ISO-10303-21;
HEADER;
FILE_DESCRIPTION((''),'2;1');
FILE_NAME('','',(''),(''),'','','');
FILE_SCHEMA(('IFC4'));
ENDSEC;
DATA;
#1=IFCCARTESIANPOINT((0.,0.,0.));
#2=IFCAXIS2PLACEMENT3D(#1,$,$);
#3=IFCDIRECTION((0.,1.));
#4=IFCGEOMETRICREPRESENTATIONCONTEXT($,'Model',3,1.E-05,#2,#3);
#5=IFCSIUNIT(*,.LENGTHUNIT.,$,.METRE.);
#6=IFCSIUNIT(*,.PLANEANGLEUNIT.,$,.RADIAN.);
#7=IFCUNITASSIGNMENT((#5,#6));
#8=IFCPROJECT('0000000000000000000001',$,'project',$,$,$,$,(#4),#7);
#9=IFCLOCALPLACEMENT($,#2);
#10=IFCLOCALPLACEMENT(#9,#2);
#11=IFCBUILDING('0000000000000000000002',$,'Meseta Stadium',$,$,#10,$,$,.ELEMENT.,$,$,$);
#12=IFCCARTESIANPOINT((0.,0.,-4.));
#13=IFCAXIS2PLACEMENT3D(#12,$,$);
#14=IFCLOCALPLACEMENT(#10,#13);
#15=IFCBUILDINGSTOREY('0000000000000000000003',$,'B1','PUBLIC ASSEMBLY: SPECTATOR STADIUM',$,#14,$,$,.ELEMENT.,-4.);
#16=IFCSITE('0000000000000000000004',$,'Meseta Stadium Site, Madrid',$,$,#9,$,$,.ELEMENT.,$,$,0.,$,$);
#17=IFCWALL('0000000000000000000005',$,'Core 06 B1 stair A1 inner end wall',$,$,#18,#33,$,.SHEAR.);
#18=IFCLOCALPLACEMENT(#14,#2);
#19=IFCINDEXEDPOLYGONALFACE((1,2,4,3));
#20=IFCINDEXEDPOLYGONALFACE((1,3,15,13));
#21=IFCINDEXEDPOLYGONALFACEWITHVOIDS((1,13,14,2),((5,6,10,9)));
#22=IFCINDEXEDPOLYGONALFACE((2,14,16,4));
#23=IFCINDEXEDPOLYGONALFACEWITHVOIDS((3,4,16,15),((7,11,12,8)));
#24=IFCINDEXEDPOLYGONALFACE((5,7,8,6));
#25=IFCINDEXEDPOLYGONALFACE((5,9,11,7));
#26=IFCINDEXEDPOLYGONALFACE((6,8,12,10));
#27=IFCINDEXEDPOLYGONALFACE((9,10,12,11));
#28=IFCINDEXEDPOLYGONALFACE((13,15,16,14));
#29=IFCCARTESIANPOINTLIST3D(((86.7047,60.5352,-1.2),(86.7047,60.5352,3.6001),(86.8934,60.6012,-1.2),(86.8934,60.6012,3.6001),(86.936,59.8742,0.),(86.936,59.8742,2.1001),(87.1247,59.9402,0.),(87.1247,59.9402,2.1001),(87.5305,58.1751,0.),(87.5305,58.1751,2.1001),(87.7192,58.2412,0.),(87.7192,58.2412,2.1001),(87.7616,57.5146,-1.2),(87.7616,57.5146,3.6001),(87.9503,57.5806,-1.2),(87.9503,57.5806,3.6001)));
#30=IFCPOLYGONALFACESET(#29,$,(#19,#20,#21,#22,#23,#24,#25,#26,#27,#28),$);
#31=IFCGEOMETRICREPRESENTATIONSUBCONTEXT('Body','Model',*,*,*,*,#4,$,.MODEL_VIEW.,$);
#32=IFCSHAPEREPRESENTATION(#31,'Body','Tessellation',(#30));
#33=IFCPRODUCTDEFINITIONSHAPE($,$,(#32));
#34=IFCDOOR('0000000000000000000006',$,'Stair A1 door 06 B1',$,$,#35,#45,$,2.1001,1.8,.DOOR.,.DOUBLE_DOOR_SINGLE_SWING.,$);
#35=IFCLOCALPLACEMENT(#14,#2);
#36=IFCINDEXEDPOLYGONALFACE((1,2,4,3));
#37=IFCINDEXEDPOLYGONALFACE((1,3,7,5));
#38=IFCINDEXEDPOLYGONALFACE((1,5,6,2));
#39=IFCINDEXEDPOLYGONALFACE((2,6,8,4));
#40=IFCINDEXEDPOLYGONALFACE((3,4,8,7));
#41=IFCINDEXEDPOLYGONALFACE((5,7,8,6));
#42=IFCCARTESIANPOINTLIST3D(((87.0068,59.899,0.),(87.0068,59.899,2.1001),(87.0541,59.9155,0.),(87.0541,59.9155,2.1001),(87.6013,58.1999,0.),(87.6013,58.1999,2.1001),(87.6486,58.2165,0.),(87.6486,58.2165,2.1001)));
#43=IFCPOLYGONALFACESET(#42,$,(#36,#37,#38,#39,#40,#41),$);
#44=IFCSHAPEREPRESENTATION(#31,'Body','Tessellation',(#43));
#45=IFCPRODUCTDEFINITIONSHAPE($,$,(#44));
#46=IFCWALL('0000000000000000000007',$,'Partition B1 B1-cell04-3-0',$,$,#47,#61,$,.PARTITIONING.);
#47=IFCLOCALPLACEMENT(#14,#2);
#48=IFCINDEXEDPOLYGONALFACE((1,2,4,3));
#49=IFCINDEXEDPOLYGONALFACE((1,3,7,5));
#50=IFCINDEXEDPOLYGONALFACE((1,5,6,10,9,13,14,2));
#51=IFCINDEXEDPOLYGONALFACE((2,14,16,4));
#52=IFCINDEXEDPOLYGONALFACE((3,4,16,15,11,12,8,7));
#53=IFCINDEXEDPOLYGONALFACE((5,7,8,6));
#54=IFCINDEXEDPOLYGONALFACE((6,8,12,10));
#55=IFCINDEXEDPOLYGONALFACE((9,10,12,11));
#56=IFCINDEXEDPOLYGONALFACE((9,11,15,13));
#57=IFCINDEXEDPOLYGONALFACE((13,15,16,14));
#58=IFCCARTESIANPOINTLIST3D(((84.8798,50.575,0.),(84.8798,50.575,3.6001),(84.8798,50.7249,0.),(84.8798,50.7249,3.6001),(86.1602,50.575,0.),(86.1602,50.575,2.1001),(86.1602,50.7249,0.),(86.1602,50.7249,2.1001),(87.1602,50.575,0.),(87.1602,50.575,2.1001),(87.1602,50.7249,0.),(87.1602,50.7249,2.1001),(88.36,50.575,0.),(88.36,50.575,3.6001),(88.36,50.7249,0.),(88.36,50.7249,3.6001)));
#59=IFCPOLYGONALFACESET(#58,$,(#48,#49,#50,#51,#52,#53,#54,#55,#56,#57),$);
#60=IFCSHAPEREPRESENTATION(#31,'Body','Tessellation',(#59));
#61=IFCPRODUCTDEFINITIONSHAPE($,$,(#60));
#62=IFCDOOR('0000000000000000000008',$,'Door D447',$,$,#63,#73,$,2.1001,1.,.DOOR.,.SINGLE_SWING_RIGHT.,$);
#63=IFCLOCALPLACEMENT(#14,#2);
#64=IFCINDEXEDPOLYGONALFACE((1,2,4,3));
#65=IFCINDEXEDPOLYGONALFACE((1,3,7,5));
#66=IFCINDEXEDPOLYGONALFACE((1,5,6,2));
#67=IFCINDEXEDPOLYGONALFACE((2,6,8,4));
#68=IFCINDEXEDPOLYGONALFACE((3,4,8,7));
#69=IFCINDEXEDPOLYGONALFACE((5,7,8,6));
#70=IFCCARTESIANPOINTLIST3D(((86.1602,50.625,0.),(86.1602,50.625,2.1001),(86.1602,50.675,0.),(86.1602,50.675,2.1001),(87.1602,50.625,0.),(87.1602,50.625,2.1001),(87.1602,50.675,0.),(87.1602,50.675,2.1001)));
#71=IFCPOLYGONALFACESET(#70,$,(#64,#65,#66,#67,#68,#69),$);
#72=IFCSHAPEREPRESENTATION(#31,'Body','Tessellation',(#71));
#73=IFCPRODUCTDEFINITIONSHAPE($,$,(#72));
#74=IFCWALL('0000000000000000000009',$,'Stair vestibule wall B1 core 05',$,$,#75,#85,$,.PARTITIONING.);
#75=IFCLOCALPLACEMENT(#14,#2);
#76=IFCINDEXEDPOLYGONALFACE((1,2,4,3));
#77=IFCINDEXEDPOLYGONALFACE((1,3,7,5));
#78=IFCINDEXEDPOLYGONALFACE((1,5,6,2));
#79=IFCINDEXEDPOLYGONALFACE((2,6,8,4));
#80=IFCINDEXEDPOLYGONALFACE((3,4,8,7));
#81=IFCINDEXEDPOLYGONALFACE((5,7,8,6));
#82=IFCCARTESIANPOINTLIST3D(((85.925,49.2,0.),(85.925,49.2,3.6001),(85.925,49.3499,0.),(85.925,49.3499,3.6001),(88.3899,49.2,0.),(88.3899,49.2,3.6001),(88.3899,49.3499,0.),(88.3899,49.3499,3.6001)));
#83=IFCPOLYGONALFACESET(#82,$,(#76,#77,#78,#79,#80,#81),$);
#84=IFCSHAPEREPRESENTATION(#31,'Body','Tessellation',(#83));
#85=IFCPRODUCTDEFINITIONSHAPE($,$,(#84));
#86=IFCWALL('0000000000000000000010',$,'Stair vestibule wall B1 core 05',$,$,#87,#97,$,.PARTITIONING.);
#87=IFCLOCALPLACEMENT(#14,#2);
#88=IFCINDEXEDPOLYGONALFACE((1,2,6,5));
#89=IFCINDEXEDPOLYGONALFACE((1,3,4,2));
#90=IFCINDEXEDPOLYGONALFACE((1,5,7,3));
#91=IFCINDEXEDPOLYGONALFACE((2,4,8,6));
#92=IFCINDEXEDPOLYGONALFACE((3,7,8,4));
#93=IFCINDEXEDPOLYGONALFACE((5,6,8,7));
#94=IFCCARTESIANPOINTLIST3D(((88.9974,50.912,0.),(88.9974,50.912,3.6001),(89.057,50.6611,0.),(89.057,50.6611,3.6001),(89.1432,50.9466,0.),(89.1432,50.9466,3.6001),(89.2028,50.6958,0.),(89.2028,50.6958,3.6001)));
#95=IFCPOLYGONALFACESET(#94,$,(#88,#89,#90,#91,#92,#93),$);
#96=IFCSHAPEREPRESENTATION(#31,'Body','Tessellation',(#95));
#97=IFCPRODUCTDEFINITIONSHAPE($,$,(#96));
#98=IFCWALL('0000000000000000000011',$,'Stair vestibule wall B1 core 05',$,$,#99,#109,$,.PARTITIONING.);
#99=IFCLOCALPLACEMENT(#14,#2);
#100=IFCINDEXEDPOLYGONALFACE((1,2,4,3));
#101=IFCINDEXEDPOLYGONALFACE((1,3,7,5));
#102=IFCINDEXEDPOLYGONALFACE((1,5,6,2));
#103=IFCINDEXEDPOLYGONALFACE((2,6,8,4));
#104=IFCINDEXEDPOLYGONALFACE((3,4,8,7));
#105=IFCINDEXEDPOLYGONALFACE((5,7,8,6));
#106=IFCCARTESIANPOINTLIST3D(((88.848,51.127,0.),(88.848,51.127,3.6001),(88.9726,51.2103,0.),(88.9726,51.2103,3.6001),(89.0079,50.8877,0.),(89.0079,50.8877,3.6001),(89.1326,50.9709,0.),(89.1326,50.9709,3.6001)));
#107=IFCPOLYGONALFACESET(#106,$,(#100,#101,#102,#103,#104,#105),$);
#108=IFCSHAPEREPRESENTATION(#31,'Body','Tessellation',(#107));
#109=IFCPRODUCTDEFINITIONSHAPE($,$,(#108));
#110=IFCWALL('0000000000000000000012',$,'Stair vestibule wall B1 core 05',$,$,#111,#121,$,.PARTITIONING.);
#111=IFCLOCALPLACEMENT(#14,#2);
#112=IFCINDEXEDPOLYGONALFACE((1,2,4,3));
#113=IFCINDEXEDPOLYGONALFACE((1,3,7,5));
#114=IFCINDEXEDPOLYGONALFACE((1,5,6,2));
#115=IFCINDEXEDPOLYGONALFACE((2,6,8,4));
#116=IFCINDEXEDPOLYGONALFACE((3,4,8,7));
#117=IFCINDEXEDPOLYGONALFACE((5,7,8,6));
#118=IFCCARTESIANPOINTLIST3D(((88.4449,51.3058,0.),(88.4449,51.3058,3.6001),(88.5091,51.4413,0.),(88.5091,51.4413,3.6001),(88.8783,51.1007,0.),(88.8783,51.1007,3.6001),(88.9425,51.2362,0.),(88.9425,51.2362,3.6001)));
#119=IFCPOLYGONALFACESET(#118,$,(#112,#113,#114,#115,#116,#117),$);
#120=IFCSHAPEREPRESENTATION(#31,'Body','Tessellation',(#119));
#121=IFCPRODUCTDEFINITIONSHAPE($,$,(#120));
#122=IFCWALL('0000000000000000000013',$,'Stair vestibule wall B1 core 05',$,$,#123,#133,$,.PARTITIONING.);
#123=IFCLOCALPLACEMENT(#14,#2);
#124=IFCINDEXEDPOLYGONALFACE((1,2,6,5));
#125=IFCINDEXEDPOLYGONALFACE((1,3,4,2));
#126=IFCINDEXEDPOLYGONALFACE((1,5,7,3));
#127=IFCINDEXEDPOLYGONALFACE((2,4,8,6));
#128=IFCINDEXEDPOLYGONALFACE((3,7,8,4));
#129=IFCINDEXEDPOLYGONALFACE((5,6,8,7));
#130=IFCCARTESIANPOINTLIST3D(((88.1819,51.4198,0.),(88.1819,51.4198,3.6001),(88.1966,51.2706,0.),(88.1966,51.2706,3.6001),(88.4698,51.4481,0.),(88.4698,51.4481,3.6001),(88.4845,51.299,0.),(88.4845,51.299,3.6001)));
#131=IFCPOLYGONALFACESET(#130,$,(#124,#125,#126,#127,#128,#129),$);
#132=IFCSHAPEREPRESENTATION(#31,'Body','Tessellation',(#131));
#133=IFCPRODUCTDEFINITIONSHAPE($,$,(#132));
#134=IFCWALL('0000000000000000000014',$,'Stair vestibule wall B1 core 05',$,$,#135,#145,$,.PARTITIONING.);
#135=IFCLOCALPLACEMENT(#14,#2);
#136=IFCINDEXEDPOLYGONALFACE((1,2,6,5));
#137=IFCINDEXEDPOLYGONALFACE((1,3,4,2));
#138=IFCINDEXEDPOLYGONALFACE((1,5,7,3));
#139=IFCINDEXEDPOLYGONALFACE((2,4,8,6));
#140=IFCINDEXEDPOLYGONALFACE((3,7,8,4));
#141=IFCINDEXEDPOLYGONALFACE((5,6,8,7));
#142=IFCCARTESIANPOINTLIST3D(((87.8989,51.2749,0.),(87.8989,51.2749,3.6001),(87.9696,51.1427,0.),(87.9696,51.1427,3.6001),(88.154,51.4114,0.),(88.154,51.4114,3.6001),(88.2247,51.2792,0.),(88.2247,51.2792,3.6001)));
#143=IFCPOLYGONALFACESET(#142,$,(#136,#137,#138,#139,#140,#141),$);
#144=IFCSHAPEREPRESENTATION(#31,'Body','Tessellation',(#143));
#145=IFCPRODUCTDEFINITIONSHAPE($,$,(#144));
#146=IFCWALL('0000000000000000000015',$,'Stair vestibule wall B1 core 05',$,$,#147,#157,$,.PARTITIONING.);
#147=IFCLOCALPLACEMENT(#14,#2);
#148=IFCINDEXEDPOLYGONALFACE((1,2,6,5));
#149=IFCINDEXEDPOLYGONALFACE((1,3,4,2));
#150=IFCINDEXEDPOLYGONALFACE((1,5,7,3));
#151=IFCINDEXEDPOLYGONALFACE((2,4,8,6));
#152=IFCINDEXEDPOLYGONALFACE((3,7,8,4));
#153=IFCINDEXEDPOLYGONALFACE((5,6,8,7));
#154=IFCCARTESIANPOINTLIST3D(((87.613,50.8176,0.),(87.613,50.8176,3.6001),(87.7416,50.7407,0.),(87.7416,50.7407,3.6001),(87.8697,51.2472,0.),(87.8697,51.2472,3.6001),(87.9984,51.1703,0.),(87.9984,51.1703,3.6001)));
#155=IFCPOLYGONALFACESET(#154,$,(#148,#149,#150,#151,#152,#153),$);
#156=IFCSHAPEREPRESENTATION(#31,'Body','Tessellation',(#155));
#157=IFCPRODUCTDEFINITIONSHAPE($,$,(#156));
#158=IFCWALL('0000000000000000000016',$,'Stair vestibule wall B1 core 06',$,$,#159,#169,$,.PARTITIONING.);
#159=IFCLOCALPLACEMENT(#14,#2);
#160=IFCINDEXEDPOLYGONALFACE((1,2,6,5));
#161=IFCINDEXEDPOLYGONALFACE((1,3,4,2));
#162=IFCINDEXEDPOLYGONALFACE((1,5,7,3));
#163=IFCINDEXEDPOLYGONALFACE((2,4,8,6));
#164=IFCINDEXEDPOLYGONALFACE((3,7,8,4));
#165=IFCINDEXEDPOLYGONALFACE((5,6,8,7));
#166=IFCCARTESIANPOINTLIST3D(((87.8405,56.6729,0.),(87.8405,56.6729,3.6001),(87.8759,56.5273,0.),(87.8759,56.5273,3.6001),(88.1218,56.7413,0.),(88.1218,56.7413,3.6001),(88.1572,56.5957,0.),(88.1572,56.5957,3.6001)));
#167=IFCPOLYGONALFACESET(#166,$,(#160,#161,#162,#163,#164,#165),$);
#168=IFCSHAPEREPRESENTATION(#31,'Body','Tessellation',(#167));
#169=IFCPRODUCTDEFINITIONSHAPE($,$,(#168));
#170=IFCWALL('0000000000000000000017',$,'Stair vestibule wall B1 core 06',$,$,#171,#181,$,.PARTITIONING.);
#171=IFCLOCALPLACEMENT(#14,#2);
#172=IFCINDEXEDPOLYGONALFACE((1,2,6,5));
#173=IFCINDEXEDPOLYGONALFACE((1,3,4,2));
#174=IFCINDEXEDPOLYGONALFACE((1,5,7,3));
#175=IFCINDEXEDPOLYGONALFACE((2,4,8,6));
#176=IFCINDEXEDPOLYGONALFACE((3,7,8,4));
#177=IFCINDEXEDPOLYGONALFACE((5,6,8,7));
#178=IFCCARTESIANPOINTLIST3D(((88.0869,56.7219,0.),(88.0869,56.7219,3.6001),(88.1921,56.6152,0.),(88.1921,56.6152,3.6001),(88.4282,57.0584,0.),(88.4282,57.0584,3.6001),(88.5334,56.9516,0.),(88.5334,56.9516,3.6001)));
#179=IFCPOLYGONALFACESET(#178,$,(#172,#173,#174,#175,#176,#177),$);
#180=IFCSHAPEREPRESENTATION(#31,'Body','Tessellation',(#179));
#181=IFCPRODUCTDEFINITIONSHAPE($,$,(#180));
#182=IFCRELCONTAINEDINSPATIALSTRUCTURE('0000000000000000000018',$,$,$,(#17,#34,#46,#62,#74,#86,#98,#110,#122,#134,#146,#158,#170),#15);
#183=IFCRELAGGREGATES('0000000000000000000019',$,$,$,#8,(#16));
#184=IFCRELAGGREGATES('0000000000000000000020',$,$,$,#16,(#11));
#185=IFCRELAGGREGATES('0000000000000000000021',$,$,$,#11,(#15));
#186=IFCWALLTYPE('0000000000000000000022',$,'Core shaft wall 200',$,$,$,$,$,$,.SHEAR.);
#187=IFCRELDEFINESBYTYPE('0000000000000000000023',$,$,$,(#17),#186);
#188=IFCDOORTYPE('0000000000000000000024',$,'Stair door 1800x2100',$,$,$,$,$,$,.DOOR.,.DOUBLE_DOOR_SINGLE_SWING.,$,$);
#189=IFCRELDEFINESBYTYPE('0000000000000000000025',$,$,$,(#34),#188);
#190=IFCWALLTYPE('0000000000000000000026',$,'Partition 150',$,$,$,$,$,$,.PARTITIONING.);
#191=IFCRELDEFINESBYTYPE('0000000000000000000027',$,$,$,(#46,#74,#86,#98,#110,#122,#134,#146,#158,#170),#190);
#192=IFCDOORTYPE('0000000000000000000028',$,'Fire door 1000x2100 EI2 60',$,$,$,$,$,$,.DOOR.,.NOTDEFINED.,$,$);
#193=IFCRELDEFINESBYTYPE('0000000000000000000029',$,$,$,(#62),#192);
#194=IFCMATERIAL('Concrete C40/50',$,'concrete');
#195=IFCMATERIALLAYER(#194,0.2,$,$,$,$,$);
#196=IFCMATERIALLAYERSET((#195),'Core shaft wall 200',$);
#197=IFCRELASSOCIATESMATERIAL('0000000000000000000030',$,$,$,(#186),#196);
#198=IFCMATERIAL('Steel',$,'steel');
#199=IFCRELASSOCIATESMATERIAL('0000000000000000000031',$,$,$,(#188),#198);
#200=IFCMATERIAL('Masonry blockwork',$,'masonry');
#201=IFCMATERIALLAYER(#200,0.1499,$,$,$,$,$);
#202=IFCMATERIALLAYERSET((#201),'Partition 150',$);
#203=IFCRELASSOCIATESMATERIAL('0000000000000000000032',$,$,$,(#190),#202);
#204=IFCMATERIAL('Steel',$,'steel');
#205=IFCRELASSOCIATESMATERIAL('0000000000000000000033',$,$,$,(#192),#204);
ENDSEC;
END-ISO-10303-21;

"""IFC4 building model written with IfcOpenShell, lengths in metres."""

from ifc_helpers import new_model, si_unit, direction, frame, frame_2d, origin, place, context, subcontext, project, spatial, rectangle, extrude, material, layer, layer_set, type_object, element, fill, save


model = new_model("IFC4")

# Units and contexts
model_context = context("Model", 3, precision=1e-05, world=origin(), true_north=direction((0.0, 1.0)))
body_context = subcontext(model_context, "Body", "Model", "MODEL_VIEW")
ifc_project = project(units=[si_unit("LENGTHUNIT", "METRE"), si_unit("PLANEANGLEUNIT", "RADIAN")], contexts=[model_context])

# Site, building, storey
site_placement = place(None, origin())
site = spatial("IfcSite", under=ifc_project, at=site_placement, Name="Meseta Stadium Site, Madrid", CompositionType="ELEMENT", RefElevation=0.0)
building_placement = place(site_placement, origin())
building = spatial("IfcBuilding", under=site, at=building_placement, Name="Meseta Stadium", CompositionType="ELEMENT")
storey_placement = place(building_placement, frame((0.0, 0.0, -4.0)))
storey = spatial("IfcBuildingStorey", under=building, at=storey_placement, Name="B1", Description="PUBLIC ASSEMBLY: SPECTATOR STADIUM", CompositionType="ELEMENT", Elevation=-4.0)

# Walls, openings, doors
ifc_material_1 = material(Name="Concrete C40/50", Category="concrete")
ifc_layer_1 = layer(ifc_material_1, 0.2)
ifc_layer_set_1 = layer_set([ifc_layer_1], Name="Core shaft wall 200")
wall_type_1 = type_object("IfcWallType", Name="Core shaft wall 200", PredefinedType="SHEAR", material=ifc_layer_set_1)
wall_1_placement = place(storey_placement, frame((87.856, 57.5476, -1.2), z_axis=(0.0, 0.0, 1.0), x_axis=(-0.330269, 0.943887, 0.0)))
wall_1 = element("IfcWall", 1, at=wall_1_placement, inside=storey, type_object=wall_type_1, Name="Core 06 B1 stair A1 inner end wall", PredefinedType="SHEAR", context=body_context, shape_type="SweptSolid", body=[
    extrude(rectangle(XDim=3.2002, YDim=0.2, at=frame_2d((1.6001, 0.0))), origin(), (0.0, 0.0, 1.0), 4.8),
])
opening_1_placement = place(wall_1_placement, frame((0.7, 0.0, 1.2)))
opening_1 = element("IfcOpeningElement", 2, at=opening_1_placement, cuts=wall_1, PredefinedType="OPENING", context=body_context, shape_type="SweptSolid", body=[
    extrude(rectangle(XDim=1.8, YDim=2.1001, at=frame_2d((0.8999, 1.05))), frame((0.0, 0.1099, 0.0), z_axis=(0.0, -1.0, 0.0), x_axis=(1.0, 0.0, 0.0)), (0.0, 0.0, 1.0), 0.22),
])
ifc_material_2 = material(Name="Steel", Category="steel")
door_type_1 = type_object("IfcDoorType", Name="Stair door 1800x2100", OperationType="DOUBLE_DOOR_SINGLE_SWING", PredefinedType="DOOR", material=ifc_material_2)
door_1_placement = place(opening_1_placement, origin())
door_1 = element("IfcDoor", 3, at=door_1_placement, inside=storey, type_object=door_type_1, Name="Stair A1 door 06 B1", OperationType="DOUBLE_DOOR_SINGLE_SWING", OverallHeight=2.1001, OverallWidth=1.8, PredefinedType="DOOR", context=body_context, shape_type="SweptSolid", body=[
    extrude(rectangle(XDim=1.8, YDim=2.1001, at=frame_2d((0.8999, 1.05))), frame((0.0, 0.0249, 0.0), z_axis=(0.0, -1.0, 0.0), x_axis=(1.0, 0.0, 0.0)), (0.0, 0.0, 1.0), 0.05),
])
fill(opening_1, door_1)
ifc_material_3 = material(Name="Masonry blockwork", Category="masonry")
ifc_layer_2 = layer(ifc_material_3, 0.1499)
ifc_layer_set_2 = layer_set([ifc_layer_2], Name="Partition 150")
wall_type_2 = type_object("IfcWallType", Name="Partition 150", PredefinedType="PARTITIONING", material=ifc_layer_set_2)
wall_2_placement = place(storey_placement, frame((88.3601, 50.6499, 0.0), z_axis=(0.0, 0.0, 1.0), x_axis=(-1.0, 0.0, 0.0)))
wall_2 = element("IfcWall", 4, at=wall_2_placement, inside=storey, type_object=wall_type_2, Name="Partition B1 B1-cell04-3-0", PredefinedType="PARTITIONING", context=body_context, shape_type="SweptSolid", body=[
    extrude(rectangle(XDim=3.4802, YDim=0.1499, at=frame_2d((1.7402, 0.0))), origin(), (0.0, 0.0, 1.0), 3.6001),
])
opening_2_placement = place(wall_2_placement, frame((1.2, 0.0, 0.0)))
opening_2 = element("IfcOpeningElement", 5, at=opening_2_placement, cuts=wall_2, PredefinedType="OPENING", context=body_context, shape_type="SweptSolid", body=[
    extrude(rectangle(XDim=1.0, YDim=2.1001, at=frame_2d((0.5, 1.05))), frame((0.0, 0.085, 0.0), z_axis=(0.0, -1.0, 0.0), x_axis=(1.0, 0.0, 0.0)), (0.0, 0.0, 1.0), 0.1699),
])
ifc_material_4 = material(Name="Steel", Category="steel")
door_type_2 = type_object("IfcDoorType", Name="Fire door 1000x2100 EI2 60", OperationType="NOTDEFINED", PredefinedType="DOOR", material=ifc_material_4)
door_2_placement = place(opening_2_placement, origin())
door_2 = element("IfcDoor", 6, at=door_2_placement, inside=storey, type_object=door_type_2, Name="Door D447", OperationType="SINGLE_SWING_RIGHT", OverallHeight=2.1001, OverallWidth=1.0, PredefinedType="DOOR", context=body_context, shape_type="SweptSolid", body=[
    extrude(rectangle(XDim=1.0, YDim=2.1001, at=frame_2d((0.5, 1.05))), frame((0.0, 0.0249, 0.0), z_axis=(0.0, -1.0, 0.0), x_axis=(1.0, 0.0, 0.0)), (0.0, 0.0, 1.0), 0.05),
])
fill(opening_2, door_2)

# Walls
wall_3_placement = place(storey_placement, frame((88.3899, 49.2749, 0.0), z_axis=(0.0, 0.0, 1.0), x_axis=(-1.0, 0.0, 0.0)))
element("IfcWall", 7, at=wall_3_placement, inside=storey, type_object=wall_type_2, Name="Stair vestibule wall B1 core 05", PredefinedType="PARTITIONING", context=body_context, shape_type="SweptSolid", body=[
    extrude(rectangle(XDim=2.4648, YDim=0.1499, at=frame_2d((1.2324, 0.0))), origin(), (0.0, 0.0, 1.0), 3.6001),
])
wall_4_placement = place(storey_placement, frame((89.1299, 50.6785, 0.0), z_axis=(0.0, 0.0, 1.0), x_axis=(-0.231151, 0.972918, 0.0)))
element("IfcWall", 8, at=wall_4_placement, inside=storey, type_object=wall_type_2, Name="Stair vestibule wall B1 core 05", PredefinedType="PARTITIONING", context=body_context, shape_type="SweptSolid", body=[
    extrude(rectangle(XDim=0.2578, YDim=0.1499, at=frame_2d((0.1289, 0.0))), origin(), (0.0, 0.0, 1.0), 3.6001),
])
wall_5_placement = place(storey_placement, frame((89.0703, 50.9292, 0.0), z_axis=(0.0, 0.0, 1.0), x_axis=(-0.555679, 0.831397, 0.0)))
element("IfcWall", 9, at=wall_5_placement, inside=storey, type_object=wall_type_2, Name="Stair vestibule wall B1 core 05", PredefinedType="PARTITIONING", context=body_context, shape_type="SweptSolid", body=[
    extrude(rectangle(XDim=0.2878, YDim=0.1499, at=frame_2d((0.144, 0.0))), origin(), (0.0, 0.0, 1.0), 3.6001),
])
wall_6_placement = place(storey_placement, frame((88.9104, 51.1685, 0.0), z_axis=(0.0, 0.0, 1.0), x_axis=(-0.903893, 0.427758, 0.0)))
element("IfcWall", 10, at=wall_6_placement, inside=storey, type_object=wall_type_2, Name="Stair vestibule wall B1 core 05", PredefinedType="PARTITIONING", context=body_context, shape_type="SweptSolid", body=[
    extrude(rectangle(XDim=0.4795, YDim=0.1499, at=frame_2d((0.2397, 0.0))), origin(), (0.0, 0.0, 1.0), 3.6001),
])
for number, where, z_axis, x_axis, name in (
    (11, (88.4771, 51.3735, 0.0), (0.0, 0.0, 1.0), (-0.995195, -0.097916, 0.0), "Stair vestibule wall B1 core 05"),
    (12, (88.1892, 51.3452, 0.0), (0.0, 0.0, 1.0), (-0.881768, -0.471683, 0.0), "Stair vestibule wall B1 core 05"),
):
    element("IfcWall", number, at=place(storey_placement, frame(where, z_axis=z_axis, x_axis=x_axis)), inside=storey, type_object=wall_type_2, Name=name, PredefinedType="PARTITIONING", context=body_context, shape_type="SweptSolid", body=[
        extrude(rectangle(XDim=0.2893, YDim=0.1499, at=frame_2d((0.1445, 0.0))), origin(), (0.0, 0.0, 1.0), 3.6001),
    ])
wall_7_placement = place(storey_placement, frame((87.9341, 51.2087, 0.0), z_axis=(0.0, 0.0, 1.0), x_axis=(-0.513061, -0.858352, 0.0)))
element("IfcWall", 13, at=wall_7_placement, inside=storey, type_object=wall_type_2, Name="Stair vestibule wall B1 core 05", PredefinedType="PARTITIONING", context=body_context, shape_type="SweptSolid", body=[
    extrude(rectangle(XDim=0.5005, YDim=0.1499, at=frame_2d((0.2502, 0.0))), origin(), (0.0, 0.0, 1.0), 3.6001),
])
wall_8_placement = place(storey_placement, frame((87.8582, 56.6001, 0.0), z_axis=(0.0, 0.0, 1.0), x_axis=(0.971709, 0.236179, 0.0)))
element("IfcWall", 14, at=wall_8_placement, inside=storey, type_object=wall_type_2, Name="Stair vestibule wall B1 core 06", PredefinedType="PARTITIONING", context=body_context, shape_type="SweptSolid", body=[
    extrude(rectangle(XDim=0.2896, YDim=0.1499, at=frame_2d((0.1448, 0.0))), origin(), (0.0, 0.0, 1.0), 3.6001),
])
wall_9_placement = place(storey_placement, frame((88.1394, 56.6685, 0.0), z_axis=(0.0, 0.0, 1.0), x_axis=(0.712183, 0.701994, 0.0)))
element("IfcWall", 15, at=wall_9_placement, inside=storey, type_object=wall_type_2, Name="Stair vestibule wall B1 core 06", PredefinedType="PARTITIONING", context=body_context, shape_type="SweptSolid", body=[
    extrude(rectangle(XDim=0.4792, YDim=0.1499, at=frame_2d((0.2397, 0.0))), origin(), (0.0, 0.0, 1.0), 3.6001),
])

save(model, "model.ifc")
